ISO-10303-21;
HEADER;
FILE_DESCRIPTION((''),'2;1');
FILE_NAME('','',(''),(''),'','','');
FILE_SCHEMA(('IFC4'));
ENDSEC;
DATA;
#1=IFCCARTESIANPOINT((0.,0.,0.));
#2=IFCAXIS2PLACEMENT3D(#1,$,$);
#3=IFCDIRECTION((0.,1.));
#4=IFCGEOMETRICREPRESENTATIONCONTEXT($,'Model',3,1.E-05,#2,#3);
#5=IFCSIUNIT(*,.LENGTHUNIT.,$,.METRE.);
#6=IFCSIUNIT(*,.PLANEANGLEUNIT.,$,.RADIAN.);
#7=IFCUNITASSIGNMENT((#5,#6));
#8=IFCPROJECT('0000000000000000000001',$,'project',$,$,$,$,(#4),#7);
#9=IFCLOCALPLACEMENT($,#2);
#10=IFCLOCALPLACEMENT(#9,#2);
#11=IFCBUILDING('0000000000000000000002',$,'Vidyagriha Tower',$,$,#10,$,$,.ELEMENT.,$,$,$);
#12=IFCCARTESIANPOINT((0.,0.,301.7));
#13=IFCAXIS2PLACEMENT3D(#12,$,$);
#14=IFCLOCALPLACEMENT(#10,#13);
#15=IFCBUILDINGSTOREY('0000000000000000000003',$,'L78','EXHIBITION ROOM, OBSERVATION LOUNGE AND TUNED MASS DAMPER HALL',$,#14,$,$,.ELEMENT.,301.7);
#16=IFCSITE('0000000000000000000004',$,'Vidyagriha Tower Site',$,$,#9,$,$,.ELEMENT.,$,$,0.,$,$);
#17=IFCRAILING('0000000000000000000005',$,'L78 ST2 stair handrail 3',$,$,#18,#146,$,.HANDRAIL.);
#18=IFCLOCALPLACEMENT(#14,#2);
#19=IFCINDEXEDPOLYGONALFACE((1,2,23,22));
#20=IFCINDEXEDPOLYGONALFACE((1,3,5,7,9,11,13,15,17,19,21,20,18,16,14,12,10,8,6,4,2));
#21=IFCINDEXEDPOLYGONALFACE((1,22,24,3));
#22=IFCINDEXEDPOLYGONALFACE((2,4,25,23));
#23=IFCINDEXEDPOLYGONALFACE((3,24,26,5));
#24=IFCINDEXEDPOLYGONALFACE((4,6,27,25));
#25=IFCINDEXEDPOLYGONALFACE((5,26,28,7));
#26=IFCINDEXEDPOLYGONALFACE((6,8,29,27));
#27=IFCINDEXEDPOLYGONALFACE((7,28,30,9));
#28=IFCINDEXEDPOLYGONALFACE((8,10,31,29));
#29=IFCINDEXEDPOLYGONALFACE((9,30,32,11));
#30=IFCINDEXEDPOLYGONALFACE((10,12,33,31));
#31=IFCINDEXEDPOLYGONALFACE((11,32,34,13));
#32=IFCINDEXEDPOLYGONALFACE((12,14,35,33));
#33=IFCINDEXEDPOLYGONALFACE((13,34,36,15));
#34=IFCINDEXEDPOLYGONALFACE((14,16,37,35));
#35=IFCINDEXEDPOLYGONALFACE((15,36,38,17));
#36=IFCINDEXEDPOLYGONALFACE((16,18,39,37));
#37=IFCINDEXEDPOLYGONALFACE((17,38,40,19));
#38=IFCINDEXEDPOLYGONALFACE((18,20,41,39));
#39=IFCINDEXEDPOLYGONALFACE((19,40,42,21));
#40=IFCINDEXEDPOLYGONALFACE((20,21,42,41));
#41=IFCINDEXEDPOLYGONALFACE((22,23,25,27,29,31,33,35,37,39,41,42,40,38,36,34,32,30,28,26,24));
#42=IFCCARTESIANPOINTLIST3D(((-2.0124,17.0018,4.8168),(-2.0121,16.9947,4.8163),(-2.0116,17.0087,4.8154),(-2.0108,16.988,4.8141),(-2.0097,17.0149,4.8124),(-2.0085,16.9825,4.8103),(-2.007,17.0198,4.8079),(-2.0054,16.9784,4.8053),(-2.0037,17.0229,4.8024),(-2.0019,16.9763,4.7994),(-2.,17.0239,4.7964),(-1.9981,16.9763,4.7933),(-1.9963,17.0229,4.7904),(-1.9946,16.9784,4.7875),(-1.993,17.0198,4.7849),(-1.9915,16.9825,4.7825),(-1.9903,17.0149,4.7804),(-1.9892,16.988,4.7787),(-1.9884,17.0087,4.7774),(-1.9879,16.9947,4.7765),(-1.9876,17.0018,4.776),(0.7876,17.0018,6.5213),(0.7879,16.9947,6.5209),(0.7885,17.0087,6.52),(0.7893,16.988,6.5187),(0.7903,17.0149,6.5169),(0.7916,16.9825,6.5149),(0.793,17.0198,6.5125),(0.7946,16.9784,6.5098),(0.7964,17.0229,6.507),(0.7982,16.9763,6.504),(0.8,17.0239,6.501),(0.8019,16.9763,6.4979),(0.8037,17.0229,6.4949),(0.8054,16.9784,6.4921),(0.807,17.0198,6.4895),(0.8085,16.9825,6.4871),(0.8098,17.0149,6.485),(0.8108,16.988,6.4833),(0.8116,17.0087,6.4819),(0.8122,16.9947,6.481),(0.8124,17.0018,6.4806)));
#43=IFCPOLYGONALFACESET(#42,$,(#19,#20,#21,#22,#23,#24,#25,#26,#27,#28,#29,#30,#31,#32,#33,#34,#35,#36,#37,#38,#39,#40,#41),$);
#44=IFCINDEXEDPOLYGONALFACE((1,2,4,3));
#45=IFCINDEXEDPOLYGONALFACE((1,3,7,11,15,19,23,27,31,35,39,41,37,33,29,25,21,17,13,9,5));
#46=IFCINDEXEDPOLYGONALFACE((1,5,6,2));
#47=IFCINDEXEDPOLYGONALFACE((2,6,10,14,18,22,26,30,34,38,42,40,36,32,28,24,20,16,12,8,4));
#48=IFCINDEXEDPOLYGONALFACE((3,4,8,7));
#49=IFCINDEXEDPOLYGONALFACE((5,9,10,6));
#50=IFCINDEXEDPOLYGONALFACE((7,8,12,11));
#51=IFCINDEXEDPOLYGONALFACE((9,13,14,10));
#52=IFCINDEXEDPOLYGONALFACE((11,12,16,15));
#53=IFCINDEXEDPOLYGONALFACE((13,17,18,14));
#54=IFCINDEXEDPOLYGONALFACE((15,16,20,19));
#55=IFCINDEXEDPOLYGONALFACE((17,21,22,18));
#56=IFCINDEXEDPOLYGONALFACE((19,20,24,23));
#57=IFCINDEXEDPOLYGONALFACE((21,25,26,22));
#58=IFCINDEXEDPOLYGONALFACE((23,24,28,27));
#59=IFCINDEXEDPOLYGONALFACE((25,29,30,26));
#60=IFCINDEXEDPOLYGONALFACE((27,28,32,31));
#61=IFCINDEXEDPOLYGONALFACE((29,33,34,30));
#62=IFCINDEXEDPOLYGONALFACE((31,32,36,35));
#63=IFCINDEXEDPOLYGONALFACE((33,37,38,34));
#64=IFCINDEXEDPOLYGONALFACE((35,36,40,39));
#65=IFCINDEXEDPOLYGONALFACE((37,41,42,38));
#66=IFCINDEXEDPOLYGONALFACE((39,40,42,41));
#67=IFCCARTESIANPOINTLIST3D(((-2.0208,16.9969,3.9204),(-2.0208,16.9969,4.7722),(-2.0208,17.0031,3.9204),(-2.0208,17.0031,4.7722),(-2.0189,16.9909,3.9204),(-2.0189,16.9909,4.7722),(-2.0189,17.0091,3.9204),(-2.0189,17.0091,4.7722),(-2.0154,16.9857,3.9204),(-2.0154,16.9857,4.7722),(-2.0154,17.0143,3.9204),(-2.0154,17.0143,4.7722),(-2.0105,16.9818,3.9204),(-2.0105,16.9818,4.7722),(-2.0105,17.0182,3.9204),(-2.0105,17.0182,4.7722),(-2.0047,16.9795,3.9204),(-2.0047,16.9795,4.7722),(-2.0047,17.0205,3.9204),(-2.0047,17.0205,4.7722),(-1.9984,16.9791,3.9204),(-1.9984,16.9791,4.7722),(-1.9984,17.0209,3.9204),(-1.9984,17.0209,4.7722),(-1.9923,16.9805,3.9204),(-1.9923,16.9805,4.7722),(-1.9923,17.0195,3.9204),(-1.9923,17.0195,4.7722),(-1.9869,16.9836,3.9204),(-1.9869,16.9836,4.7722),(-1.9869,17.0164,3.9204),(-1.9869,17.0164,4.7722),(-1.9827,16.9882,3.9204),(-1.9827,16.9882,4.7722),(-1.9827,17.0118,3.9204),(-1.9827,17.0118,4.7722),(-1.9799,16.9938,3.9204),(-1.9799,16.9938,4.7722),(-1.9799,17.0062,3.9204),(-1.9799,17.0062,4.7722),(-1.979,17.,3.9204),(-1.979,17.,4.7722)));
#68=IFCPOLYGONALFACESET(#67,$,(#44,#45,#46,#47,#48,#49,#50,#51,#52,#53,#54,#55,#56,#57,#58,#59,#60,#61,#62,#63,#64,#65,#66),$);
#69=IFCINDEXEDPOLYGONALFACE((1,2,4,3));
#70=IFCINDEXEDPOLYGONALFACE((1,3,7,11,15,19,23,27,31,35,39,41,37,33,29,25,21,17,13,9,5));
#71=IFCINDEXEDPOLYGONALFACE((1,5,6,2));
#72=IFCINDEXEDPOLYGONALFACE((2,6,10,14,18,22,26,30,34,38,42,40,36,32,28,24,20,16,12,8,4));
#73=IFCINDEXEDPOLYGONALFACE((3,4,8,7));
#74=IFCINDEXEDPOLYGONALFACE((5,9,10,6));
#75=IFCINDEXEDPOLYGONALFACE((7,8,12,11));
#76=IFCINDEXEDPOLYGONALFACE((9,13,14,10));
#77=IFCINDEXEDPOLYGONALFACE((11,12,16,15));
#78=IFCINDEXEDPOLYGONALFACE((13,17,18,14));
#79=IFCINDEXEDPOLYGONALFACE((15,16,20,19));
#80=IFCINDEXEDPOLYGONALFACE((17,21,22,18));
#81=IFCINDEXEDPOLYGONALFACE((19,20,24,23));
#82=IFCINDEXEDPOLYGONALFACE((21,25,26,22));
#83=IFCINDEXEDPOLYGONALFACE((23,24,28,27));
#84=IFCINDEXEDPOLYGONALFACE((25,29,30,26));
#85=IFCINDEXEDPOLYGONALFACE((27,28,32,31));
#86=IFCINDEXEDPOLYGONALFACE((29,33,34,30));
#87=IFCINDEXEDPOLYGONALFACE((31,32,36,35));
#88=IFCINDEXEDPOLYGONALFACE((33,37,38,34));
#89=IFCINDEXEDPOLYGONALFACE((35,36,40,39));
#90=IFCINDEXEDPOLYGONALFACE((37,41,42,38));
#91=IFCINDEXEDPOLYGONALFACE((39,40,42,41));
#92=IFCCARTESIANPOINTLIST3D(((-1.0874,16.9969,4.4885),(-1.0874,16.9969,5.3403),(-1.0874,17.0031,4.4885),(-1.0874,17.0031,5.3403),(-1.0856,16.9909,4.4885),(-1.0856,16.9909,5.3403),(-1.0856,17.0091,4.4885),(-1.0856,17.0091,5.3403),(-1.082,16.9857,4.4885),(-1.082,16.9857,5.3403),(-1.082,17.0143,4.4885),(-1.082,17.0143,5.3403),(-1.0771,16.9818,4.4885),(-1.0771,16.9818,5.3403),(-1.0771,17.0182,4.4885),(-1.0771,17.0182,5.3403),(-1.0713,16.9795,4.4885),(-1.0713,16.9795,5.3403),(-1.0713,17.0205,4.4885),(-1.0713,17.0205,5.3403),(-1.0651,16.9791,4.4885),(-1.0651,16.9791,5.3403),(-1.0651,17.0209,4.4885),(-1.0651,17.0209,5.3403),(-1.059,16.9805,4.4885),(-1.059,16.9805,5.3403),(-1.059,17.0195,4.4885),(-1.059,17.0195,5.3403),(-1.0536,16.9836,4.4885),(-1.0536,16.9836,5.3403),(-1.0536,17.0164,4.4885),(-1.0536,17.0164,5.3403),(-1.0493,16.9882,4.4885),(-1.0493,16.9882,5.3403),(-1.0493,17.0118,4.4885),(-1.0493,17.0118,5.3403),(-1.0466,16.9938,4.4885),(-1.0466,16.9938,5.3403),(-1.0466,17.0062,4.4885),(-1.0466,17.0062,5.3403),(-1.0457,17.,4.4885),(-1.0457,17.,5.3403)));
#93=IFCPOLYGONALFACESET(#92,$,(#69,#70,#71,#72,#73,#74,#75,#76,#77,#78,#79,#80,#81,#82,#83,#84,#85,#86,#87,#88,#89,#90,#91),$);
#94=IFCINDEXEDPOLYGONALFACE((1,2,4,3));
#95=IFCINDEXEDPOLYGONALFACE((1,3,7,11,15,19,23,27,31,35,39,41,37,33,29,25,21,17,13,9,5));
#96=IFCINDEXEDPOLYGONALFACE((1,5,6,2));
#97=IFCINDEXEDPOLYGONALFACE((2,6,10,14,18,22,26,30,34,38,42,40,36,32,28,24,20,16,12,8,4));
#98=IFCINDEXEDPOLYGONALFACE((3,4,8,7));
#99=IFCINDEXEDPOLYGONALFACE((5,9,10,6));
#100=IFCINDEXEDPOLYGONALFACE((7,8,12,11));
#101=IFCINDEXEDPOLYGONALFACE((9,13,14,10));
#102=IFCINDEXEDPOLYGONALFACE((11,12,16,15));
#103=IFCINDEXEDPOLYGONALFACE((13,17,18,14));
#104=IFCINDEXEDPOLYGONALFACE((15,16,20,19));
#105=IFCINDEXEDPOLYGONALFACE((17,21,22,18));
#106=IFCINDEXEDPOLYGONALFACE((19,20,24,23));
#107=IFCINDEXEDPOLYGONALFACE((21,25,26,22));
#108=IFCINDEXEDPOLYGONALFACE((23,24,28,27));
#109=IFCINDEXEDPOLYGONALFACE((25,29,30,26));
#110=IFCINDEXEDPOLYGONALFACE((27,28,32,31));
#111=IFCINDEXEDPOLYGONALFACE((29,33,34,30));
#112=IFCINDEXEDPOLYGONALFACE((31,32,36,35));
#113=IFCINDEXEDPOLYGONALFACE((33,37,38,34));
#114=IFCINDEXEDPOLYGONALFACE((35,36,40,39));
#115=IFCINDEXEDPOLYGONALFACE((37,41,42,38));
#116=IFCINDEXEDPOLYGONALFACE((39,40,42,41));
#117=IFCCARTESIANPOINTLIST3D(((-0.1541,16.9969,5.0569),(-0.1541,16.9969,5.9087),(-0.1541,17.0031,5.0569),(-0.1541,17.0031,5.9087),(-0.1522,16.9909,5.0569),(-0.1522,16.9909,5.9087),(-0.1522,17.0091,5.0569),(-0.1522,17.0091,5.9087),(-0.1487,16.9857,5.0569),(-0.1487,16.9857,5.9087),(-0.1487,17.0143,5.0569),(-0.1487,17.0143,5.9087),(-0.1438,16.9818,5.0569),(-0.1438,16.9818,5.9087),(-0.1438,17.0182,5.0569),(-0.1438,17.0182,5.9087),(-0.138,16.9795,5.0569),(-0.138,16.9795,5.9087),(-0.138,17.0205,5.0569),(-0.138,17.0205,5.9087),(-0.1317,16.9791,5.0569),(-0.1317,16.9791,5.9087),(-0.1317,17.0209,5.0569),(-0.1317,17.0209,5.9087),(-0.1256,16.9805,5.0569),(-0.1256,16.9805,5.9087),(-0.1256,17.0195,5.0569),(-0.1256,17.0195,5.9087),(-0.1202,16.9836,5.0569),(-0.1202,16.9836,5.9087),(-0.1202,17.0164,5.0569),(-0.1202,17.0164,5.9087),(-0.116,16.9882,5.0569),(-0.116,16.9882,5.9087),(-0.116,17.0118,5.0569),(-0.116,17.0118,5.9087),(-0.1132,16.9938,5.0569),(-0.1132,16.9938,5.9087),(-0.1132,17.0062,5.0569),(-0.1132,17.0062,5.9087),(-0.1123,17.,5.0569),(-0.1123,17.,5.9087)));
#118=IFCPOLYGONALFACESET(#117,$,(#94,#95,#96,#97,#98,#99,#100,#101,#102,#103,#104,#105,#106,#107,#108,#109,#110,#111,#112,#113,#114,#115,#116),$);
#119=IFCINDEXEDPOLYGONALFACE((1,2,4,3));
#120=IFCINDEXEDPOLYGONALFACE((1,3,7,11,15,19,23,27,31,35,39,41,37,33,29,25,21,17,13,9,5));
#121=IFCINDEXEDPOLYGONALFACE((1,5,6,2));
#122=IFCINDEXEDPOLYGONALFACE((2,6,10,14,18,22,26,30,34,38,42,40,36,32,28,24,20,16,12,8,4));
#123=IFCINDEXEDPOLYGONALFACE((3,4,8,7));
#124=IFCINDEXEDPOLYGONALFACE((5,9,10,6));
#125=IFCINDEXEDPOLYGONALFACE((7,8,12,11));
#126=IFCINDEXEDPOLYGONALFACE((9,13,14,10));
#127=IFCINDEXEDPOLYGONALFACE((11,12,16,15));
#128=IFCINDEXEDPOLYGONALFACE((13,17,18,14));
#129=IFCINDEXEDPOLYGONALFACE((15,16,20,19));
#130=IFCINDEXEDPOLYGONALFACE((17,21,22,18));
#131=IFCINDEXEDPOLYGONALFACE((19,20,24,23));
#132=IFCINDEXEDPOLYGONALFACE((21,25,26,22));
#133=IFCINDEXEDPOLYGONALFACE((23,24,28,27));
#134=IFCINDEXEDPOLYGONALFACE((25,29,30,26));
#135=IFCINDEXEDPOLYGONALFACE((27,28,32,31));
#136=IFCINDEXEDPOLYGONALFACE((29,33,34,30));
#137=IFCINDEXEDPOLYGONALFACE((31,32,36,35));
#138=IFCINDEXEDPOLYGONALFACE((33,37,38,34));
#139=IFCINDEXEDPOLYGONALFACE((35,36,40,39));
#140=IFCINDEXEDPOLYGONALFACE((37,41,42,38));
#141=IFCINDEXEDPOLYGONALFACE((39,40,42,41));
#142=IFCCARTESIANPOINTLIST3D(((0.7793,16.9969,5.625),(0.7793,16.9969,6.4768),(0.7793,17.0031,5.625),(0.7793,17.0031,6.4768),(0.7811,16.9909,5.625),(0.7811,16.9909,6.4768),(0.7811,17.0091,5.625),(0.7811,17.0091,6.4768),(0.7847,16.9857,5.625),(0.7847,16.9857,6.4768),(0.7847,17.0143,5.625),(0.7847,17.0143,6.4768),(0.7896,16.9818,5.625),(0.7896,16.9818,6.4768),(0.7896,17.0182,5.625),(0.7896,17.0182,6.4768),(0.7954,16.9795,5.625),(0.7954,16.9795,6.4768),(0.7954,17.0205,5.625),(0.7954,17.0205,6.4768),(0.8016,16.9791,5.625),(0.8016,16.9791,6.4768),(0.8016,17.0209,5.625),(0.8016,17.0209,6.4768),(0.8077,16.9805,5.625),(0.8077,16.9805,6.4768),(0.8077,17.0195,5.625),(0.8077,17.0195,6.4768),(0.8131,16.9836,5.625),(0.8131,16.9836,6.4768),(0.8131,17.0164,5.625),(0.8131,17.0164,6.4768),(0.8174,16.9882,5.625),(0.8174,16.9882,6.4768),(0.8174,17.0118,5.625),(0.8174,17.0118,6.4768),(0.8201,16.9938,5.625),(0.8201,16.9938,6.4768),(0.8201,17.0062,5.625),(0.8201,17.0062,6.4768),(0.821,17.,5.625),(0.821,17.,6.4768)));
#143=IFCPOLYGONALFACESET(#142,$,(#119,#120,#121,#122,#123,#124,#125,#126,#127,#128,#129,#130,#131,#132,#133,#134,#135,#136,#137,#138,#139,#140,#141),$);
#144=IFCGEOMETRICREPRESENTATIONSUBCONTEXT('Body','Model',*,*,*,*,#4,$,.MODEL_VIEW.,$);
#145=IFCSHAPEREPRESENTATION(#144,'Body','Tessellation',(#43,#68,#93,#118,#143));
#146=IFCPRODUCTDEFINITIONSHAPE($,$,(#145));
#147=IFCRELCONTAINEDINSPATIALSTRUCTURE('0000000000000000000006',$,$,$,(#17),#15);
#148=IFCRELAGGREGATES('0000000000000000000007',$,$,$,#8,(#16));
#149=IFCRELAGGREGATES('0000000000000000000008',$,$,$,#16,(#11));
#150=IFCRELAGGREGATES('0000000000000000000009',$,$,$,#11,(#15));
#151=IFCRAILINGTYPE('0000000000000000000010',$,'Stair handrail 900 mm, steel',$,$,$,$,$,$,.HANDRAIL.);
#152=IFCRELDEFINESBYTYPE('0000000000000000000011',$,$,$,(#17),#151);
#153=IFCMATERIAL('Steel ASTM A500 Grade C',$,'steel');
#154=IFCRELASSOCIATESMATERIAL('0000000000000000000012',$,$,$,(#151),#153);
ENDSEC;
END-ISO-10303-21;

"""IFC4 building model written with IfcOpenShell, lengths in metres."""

from ifc_helpers import new_model, si_unit, direction, frame, origin, origin_2d, place, context, subcontext, project, spatial, circle, extrude, material, type_object, element, save


model = new_model("IFC4")

# Units and contexts
model_context = context("Model", 3, precision=1e-05, world=origin(), true_north=direction((0.0, 1.0)))
body_context = subcontext(model_context, "Body", "Model", "MODEL_VIEW")
ifc_project = project(units=[si_unit("LENGTHUNIT", "METRE"), si_unit("PLANEANGLEUNIT", "RADIAN")], contexts=[model_context])

# Site, building, storey
site_placement = place(None, origin())
site = spatial("IfcSite", under=ifc_project, at=site_placement, Name="Vidyagriha Tower Site", CompositionType="ELEMENT", RefElevation=0.0)
building_placement = place(site_placement, origin())
building = spatial("IfcBuilding", under=site, at=building_placement, Name="Vidyagriha Tower", CompositionType="ELEMENT")
storey_placement = place(building_placement, frame((0.0, 0.0, 301.7)))
storey = spatial("IfcBuildingStorey", under=building, at=storey_placement, Name="L78", Description="EXHIBITION ROOM, OBSERVATION LOUNGE AND TUNED MASS DAMPER HALL", CompositionType="ELEMENT", Elevation=301.7)

# Railing
ifc_material_1 = material(Name="Steel ASTM A500 Grade C", Category="steel")
railing_type_1 = type_object("IfcRailingType", Name="Stair handrail 900 mm, steel", PredefinedType="HANDRAIL", material=ifc_material_1)
for number, where, name in (
    (1, (-2.0, 17.0, 3.9204), "L78 ST2 stair handrail 3"),
):
    element("IfcRailing", number, at=place(storey_placement, frame(where)), inside=storey, type_object=railing_type_1, Name=name, PredefinedType="HANDRAIL", context=body_context, shape_type="SweptSolid", body=[
        extrude(circle(Radius=0.0239, at=origin_2d()), frame((0.0, 0.0, 0.876), z_axis=(0.85417, 0.0, 0.519994), x_axis=(0.0, 1.0, 0.0)), (0.0, 0.0, 1.0), 3.2781),
        extrude(circle(Radius=0.021, at=origin_2d()), origin(), (0.0, 0.0, 1.0), 0.8518),
        extrude(circle(Radius=0.021, at=origin_2d()), frame((0.9333, 0.0, 0.5681)), (0.0, 0.0, 1.0), 0.8518),
        extrude(circle(Radius=0.021, at=origin_2d()), frame((1.8667, 0.0, 1.1365)), (0.0, 0.0, 1.0), 0.8518),
        extrude(circle(Radius=0.021, at=origin_2d()), frame((2.8, 0.0, 1.7046)), (0.0, 0.0, 1.0), 0.8518),
    ])

save(model, "model.ifc")
